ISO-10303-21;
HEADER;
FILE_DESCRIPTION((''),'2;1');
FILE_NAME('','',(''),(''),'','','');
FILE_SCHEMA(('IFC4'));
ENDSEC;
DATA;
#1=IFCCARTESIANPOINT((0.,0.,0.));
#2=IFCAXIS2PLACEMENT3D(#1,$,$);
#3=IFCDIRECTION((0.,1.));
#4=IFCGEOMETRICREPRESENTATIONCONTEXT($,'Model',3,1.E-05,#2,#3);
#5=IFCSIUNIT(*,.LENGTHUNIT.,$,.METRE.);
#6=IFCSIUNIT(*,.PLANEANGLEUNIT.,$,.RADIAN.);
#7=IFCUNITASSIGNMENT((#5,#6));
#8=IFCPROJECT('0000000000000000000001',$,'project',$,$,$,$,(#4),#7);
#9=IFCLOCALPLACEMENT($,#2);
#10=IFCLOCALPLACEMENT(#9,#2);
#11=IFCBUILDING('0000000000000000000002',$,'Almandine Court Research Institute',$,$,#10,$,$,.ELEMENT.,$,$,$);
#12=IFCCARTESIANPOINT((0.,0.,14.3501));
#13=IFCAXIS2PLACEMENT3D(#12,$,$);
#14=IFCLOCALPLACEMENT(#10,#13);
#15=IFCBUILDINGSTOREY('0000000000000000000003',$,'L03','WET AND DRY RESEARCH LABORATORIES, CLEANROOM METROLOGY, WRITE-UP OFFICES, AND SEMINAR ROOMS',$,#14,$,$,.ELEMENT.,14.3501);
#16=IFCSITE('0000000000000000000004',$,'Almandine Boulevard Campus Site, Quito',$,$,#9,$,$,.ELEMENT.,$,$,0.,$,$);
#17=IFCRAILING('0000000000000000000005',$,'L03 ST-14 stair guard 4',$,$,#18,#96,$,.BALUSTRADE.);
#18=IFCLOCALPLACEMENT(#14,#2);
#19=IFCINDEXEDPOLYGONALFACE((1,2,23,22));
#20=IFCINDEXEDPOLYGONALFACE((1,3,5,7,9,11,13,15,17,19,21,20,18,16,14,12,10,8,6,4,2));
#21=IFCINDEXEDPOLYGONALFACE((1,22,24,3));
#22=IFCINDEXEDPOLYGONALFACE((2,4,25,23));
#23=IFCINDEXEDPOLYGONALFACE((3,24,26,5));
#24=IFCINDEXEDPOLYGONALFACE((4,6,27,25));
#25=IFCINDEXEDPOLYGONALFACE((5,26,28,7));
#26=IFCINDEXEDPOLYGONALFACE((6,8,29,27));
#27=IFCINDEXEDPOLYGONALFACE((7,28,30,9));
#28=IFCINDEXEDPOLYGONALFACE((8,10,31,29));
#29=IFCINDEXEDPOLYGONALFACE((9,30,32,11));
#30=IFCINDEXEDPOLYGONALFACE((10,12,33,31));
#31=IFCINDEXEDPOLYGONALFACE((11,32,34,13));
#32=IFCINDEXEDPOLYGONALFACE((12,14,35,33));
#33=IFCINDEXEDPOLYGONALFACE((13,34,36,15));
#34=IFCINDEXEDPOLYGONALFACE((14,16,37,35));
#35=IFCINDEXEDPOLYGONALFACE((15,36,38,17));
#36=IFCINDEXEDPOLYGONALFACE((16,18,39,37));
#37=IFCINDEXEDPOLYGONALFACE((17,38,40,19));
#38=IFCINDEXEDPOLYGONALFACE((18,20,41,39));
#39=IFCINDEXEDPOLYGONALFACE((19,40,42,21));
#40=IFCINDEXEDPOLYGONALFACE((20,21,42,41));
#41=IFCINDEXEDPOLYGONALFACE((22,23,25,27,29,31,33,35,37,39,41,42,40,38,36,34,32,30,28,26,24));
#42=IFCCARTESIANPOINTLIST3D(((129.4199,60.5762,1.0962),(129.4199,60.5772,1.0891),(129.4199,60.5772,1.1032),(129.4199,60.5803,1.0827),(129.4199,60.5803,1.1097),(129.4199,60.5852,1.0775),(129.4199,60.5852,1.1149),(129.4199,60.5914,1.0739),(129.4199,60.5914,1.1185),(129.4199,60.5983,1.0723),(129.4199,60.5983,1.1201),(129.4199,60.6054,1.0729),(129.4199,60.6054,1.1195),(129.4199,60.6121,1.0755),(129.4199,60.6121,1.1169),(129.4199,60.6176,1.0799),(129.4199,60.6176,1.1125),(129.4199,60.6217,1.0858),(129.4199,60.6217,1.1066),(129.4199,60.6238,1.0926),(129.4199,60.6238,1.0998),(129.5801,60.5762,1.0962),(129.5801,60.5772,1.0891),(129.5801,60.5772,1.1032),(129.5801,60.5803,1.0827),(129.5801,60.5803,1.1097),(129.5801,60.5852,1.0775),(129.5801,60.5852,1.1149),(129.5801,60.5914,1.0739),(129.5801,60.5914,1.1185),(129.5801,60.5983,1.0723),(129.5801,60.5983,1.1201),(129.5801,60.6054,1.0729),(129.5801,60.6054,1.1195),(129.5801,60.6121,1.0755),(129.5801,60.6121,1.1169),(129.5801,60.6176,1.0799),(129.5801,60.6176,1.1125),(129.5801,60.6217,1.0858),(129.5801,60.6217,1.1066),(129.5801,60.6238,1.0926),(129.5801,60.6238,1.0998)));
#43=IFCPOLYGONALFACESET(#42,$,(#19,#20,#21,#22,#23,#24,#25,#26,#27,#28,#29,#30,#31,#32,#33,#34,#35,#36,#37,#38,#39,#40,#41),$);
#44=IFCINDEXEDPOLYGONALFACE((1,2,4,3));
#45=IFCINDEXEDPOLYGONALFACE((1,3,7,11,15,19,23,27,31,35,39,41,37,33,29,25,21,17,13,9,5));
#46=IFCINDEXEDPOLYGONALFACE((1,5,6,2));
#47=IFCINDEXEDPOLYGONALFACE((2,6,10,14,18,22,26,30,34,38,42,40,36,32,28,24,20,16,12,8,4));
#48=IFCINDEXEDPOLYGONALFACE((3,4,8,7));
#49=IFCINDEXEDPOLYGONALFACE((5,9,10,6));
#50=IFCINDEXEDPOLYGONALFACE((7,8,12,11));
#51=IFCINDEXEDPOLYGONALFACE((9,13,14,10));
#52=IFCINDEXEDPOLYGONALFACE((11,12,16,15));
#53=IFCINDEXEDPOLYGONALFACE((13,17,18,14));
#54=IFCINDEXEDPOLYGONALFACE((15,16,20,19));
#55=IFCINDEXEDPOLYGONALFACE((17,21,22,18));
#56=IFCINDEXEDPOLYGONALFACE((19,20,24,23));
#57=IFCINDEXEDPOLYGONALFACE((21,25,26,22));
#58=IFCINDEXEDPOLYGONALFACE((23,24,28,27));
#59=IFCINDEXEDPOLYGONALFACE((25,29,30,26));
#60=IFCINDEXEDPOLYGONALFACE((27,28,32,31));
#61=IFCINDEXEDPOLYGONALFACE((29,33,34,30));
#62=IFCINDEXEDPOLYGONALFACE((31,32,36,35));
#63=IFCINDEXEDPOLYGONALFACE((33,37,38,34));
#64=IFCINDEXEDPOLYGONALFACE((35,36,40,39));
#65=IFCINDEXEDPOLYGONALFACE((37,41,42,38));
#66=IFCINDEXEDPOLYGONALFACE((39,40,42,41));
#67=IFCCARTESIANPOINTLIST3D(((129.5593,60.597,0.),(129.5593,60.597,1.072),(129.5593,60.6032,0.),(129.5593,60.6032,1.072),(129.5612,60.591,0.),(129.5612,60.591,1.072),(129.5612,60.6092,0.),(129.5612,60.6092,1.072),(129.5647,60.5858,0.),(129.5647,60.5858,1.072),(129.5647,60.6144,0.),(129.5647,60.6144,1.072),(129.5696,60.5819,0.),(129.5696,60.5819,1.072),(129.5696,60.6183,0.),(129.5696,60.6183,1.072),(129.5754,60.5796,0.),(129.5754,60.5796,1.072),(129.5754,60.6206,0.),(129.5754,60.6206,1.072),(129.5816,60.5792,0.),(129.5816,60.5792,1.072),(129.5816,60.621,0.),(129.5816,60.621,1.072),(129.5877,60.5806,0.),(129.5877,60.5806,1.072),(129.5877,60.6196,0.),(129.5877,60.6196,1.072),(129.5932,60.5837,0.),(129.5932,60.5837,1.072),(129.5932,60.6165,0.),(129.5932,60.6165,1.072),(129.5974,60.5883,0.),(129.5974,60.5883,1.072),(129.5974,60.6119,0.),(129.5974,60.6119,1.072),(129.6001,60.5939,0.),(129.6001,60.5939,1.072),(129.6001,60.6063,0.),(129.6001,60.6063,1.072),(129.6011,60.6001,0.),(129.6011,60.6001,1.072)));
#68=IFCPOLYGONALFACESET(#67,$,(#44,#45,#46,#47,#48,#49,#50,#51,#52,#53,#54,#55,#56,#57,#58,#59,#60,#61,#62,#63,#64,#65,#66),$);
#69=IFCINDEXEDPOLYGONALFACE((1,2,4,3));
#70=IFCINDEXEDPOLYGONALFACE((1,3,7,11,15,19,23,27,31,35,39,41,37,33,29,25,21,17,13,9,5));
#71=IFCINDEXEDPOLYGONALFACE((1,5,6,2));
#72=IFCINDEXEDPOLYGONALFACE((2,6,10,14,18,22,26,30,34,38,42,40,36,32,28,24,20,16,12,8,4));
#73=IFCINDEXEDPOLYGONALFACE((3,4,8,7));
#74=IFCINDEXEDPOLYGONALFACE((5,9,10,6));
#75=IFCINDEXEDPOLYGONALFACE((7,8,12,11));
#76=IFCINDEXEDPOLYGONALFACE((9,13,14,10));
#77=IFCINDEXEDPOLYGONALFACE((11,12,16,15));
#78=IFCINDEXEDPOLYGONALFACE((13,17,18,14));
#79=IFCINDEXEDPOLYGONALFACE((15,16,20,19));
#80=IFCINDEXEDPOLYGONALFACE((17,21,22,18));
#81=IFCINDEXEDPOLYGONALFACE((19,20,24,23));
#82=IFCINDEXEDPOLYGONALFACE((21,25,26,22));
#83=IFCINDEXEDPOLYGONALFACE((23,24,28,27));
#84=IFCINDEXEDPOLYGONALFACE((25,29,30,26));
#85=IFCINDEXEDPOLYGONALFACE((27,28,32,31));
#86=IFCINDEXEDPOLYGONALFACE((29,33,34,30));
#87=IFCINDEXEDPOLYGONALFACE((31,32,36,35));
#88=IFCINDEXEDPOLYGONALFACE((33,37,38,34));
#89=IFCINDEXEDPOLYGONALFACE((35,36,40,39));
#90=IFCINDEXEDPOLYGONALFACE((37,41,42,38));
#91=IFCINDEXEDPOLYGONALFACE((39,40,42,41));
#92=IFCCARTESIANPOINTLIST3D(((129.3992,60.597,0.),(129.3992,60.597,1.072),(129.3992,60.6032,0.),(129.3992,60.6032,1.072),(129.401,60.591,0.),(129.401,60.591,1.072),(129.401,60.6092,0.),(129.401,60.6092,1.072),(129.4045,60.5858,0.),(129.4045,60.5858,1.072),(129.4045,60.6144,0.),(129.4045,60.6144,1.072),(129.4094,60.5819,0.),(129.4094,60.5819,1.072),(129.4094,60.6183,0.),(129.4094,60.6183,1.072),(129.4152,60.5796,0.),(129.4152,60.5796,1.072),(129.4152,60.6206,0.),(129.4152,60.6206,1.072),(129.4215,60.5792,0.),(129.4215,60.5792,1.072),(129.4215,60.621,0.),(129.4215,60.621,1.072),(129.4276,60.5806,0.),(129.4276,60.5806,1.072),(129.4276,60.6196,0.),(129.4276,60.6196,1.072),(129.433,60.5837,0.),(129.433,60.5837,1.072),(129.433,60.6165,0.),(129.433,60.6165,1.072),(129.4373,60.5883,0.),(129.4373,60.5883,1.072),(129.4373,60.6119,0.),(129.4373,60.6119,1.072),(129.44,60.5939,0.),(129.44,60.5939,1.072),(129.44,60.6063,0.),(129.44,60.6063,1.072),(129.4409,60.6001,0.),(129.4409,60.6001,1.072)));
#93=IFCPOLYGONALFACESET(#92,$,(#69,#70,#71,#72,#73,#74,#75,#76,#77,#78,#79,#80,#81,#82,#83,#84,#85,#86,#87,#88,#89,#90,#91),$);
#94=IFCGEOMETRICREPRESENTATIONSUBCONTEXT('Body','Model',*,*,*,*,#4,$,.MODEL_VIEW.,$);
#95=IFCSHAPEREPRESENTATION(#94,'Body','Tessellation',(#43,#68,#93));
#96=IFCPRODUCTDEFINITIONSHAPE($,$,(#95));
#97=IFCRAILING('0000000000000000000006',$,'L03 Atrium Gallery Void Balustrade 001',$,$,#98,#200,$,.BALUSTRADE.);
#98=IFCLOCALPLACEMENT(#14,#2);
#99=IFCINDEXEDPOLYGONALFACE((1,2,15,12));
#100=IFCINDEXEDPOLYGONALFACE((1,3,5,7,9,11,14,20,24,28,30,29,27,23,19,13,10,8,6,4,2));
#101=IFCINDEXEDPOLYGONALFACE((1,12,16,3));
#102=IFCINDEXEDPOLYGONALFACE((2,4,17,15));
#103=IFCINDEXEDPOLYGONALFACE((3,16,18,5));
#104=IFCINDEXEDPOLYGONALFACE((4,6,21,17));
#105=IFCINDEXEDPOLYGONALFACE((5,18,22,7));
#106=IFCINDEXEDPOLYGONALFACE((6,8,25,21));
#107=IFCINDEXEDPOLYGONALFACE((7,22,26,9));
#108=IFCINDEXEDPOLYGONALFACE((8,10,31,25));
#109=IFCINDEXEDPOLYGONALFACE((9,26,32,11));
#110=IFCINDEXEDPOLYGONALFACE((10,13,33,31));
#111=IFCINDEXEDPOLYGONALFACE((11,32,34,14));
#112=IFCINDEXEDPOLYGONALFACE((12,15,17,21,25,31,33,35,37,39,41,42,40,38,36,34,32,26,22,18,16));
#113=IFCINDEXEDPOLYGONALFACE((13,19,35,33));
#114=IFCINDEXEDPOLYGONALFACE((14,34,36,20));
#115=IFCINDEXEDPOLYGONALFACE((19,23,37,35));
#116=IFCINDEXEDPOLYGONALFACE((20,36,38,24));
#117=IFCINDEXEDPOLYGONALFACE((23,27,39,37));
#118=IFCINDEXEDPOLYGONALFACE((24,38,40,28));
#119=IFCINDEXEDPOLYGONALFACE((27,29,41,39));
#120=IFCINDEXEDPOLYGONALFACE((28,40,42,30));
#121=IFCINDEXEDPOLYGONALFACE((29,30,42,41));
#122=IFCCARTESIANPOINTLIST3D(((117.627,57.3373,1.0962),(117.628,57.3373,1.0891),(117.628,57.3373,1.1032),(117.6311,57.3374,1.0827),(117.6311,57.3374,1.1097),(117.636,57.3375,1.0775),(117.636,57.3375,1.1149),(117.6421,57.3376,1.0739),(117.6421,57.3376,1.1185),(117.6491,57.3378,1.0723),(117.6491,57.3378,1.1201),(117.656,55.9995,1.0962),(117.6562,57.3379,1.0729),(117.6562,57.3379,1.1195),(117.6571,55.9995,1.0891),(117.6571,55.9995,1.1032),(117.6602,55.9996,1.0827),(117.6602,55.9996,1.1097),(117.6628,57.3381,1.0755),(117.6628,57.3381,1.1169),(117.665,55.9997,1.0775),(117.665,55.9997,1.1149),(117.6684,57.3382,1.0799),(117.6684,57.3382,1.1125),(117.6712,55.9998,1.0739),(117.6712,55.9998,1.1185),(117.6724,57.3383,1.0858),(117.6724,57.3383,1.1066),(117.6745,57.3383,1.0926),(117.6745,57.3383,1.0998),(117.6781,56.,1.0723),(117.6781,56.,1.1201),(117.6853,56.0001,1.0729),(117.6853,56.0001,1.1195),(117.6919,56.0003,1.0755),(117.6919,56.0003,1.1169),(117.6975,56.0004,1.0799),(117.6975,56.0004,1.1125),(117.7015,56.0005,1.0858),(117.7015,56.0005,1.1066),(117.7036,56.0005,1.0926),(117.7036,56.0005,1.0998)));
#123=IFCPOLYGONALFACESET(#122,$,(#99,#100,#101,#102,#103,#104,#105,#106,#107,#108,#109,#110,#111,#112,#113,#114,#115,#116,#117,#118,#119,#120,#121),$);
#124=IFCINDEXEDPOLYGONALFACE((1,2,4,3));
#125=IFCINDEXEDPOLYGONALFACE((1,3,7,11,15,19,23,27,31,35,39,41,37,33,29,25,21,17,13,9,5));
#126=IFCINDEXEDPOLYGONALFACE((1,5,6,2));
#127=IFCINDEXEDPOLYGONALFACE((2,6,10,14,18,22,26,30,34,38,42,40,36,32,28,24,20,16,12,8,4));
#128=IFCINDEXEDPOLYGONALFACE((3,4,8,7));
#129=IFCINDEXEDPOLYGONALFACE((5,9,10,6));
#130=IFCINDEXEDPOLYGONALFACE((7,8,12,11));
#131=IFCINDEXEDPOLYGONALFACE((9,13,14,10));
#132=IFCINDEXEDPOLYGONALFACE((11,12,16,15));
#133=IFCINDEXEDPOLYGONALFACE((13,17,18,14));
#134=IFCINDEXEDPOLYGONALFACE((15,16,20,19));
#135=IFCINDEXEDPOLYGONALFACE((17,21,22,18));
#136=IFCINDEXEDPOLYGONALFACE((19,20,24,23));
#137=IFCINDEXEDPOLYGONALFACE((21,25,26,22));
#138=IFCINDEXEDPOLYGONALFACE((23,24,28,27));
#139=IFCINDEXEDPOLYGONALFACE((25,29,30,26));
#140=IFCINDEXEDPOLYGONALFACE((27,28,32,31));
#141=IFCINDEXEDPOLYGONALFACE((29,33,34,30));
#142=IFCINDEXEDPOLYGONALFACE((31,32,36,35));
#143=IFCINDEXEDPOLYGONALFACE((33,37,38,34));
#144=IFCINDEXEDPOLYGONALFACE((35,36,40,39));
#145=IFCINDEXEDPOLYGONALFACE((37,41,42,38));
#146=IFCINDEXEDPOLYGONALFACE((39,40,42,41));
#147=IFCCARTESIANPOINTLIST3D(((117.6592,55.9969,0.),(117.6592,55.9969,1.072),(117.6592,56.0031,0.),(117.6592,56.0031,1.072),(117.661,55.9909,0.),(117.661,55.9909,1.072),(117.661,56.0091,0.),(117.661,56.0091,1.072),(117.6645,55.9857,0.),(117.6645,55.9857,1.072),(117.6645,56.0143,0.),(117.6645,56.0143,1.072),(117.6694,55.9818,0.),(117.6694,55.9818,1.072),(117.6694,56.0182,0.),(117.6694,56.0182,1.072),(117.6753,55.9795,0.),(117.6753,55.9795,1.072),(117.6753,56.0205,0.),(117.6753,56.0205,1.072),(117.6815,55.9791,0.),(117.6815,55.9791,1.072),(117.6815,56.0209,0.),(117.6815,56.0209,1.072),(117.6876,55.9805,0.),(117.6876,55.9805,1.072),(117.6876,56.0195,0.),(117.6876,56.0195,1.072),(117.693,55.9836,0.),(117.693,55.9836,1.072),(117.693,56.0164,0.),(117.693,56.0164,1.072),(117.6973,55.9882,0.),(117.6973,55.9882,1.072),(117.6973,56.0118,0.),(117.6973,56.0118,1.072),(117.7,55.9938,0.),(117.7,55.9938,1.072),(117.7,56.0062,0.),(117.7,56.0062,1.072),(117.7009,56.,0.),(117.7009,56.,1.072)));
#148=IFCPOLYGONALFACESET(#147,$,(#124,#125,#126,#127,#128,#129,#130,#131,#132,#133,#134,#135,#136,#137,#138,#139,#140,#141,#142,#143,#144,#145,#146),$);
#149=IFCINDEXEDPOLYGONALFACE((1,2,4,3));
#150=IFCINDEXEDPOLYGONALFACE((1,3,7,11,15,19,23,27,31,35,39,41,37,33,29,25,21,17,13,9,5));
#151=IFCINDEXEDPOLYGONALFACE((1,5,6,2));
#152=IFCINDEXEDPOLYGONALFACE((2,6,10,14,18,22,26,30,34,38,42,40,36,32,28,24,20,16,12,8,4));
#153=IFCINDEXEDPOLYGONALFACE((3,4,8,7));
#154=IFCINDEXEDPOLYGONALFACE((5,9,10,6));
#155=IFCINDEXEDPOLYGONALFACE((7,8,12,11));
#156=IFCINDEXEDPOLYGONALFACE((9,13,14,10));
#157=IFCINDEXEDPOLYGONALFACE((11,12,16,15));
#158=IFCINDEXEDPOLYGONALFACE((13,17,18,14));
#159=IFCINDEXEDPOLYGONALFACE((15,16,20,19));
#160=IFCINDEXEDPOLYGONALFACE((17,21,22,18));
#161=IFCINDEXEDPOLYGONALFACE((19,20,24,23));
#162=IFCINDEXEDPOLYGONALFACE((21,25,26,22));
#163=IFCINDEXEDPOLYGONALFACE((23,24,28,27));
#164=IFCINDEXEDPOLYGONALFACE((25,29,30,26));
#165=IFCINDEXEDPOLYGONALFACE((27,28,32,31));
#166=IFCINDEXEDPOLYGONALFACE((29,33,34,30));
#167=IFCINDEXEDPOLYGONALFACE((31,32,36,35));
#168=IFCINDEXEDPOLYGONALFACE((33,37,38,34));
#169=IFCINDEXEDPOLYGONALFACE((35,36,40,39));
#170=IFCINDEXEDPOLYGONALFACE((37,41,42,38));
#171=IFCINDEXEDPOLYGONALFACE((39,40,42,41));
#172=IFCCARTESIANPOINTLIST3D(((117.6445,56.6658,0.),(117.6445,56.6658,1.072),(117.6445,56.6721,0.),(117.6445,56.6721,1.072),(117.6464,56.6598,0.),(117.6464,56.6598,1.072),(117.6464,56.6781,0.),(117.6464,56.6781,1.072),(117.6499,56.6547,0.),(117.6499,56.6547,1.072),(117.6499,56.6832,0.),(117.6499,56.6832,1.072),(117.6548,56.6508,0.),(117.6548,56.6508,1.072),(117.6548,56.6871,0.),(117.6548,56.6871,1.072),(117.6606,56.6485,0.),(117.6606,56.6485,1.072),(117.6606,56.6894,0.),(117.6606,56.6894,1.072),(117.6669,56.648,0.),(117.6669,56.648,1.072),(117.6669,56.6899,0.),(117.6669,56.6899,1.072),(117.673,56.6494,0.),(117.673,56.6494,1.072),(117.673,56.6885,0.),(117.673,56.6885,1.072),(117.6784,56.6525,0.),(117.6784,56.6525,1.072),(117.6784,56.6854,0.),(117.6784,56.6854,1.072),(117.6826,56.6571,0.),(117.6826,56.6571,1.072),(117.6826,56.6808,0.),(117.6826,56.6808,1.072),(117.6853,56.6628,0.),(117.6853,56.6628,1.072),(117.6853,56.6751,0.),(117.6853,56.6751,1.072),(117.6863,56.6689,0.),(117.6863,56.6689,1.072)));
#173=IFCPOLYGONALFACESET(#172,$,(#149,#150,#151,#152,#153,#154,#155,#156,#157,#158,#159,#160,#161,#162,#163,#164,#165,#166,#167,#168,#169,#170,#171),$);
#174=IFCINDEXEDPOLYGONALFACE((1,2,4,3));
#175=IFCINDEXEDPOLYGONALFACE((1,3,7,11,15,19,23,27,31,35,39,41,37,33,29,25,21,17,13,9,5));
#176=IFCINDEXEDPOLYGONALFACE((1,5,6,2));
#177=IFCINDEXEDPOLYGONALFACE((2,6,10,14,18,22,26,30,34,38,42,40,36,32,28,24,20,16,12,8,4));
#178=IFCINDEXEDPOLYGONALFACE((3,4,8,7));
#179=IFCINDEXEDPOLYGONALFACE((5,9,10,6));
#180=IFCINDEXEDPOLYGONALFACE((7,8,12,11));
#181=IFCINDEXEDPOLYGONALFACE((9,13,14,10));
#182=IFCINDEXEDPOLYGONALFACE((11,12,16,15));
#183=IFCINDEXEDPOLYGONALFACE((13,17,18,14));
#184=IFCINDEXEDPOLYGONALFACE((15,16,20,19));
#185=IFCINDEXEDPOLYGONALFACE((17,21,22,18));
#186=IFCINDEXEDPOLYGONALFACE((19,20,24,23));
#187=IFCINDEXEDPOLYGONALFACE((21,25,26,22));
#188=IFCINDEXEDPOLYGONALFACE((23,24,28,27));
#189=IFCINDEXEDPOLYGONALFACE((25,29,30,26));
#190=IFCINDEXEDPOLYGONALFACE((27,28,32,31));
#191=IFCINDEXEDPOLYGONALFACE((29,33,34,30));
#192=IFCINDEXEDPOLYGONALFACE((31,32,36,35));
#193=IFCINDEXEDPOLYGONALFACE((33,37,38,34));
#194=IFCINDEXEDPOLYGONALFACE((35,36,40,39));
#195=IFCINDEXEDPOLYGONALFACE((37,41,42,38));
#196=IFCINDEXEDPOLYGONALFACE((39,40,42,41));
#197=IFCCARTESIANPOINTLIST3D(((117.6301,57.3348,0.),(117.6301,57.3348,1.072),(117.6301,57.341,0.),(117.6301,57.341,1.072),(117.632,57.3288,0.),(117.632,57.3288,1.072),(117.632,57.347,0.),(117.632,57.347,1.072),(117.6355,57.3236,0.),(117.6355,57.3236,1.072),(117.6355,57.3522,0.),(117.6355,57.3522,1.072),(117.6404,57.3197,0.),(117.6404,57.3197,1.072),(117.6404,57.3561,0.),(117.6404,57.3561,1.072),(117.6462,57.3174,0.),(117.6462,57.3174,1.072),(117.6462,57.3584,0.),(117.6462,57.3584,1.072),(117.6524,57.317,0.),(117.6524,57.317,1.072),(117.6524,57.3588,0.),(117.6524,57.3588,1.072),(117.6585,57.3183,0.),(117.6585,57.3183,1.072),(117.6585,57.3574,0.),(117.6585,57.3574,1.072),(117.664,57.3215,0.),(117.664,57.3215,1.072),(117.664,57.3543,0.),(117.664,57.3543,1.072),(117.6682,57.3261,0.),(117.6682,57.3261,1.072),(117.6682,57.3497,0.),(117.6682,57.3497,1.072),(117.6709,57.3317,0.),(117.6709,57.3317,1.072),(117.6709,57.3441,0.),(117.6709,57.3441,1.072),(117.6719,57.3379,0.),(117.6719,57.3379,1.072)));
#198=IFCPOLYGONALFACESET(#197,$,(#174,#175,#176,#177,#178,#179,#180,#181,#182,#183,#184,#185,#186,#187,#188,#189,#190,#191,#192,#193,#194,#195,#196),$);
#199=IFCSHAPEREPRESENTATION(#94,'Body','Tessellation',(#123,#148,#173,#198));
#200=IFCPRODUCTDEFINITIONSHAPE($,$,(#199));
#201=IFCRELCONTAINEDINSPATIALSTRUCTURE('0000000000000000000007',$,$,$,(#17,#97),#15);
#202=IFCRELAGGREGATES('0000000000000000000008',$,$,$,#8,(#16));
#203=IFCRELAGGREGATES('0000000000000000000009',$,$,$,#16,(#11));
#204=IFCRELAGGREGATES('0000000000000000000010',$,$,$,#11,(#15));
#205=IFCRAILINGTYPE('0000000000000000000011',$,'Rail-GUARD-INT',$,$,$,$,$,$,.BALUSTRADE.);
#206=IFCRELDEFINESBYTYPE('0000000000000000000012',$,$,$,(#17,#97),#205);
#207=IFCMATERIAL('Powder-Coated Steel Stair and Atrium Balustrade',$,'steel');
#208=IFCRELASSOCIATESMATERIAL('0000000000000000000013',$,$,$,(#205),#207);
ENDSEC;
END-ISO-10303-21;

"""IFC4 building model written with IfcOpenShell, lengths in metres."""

from ifc_helpers import new_model, si_unit, direction, frame, origin, origin_2d, place, context, subcontext, project, spatial, circle, extrude, material, type_object, element, save


model = new_model("IFC4")

# Units and contexts
model_context = context("Model", 3, precision=1e-05, world=origin(), true_north=direction((0.0, 1.0)))
body_context = subcontext(model_context, "Body", "Model", "MODEL_VIEW")
ifc_project = project(units=[si_unit("LENGTHUNIT", "METRE"), si_unit("PLANEANGLEUNIT", "RADIAN")], contexts=[model_context])

# Site, building, storey
site_placement = place(None, origin())
site = spatial("IfcSite", under=ifc_project, at=site_placement, Name="Almandine Boulevard Campus Site, Quito", CompositionType="ELEMENT", RefElevation=0.0)
building_placement = place(site_placement, origin())
building = spatial("IfcBuilding", under=site, at=building_placement, Name="Almandine Court Research Institute", CompositionType="ELEMENT")
storey_placement = place(building_placement, frame((0.0, 0.0, 14.3501)))
storey = spatial("IfcBuildingStorey", under=building, at=storey_placement, Name="L03", Description="WET AND DRY RESEARCH LABORATORIES, CLEANROOM METROLOGY, WRITE-UP OFFICES, AND SEMINAR ROOMS", CompositionType="ELEMENT", Elevation=14.3501)

# Railings
ifc_material_1 = material(Name="Powder-Coated Steel Stair and Atrium Balustrade", Category="steel")
railing_type_1 = type_object("IfcRailingType", Name="Rail-GUARD-INT", PredefinedType="BALUSTRADE", material=ifc_material_1)
railing_1_placement = place(storey_placement, frame((129.5801, 60.6001, 0.0)))
element("IfcRailing", 1, at=railing_1_placement, inside=storey, type_object=railing_type_1, Name="L03 ST-14 stair guard 4", PredefinedType="BALUSTRADE", context=body_context, shape_type="SweptSolid", body=[
    extrude(circle(Radius=0.0239, at=origin_2d()), frame((0.0, 0.0, 1.0962), z_axis=(-1.0, 0.0, 0.0), x_axis=(0.0, -1.0, 0.0)), (0.0, 0.0, 1.0), 0.1602),
    extrude(circle(Radius=0.021, at=origin_2d()), origin(), (0.0, 0.0, 1.0), 1.072),
    extrude(circle(Radius=0.021, at=origin_2d()), frame((-0.1602, 0.0, 0.0)), (0.0, 0.0, 1.0), 1.072),
])
railing_2_placement = place(storey_placement, frame((117.6799, 56.0, 0.0)))
element("IfcRailing", 2, at=railing_2_placement, inside=storey, type_object=railing_type_1, Name="L03 Atrium Gallery Void Balustrade 001", PredefinedType="BALUSTRADE", context=body_context, shape_type="SweptSolid", body=[
    extrude(circle(Radius=0.0239, at=origin_2d()), frame((0.0, 0.0, 1.0962), z_axis=(-0.02171, 0.999764, 0.0), x_axis=(-0.999764, -0.02171, 0.0)), (0.0, 0.0, 1.0), 1.3381),
    extrude(circle(Radius=0.021, at=origin_2d()), origin(), (0.0, 0.0, 1.0), 1.072),
    extrude(circle(Radius=0.021, at=origin_2d()), frame((-0.0146, 0.6689, 0.0)), (0.0, 0.0, 1.0), 1.072),
    extrude(circle(Radius=0.021, at=origin_2d()), frame((-0.0291, 1.3379, 0.0)), (0.0, 0.0, 1.0), 1.072),
])

save(model, "model.ifc")
